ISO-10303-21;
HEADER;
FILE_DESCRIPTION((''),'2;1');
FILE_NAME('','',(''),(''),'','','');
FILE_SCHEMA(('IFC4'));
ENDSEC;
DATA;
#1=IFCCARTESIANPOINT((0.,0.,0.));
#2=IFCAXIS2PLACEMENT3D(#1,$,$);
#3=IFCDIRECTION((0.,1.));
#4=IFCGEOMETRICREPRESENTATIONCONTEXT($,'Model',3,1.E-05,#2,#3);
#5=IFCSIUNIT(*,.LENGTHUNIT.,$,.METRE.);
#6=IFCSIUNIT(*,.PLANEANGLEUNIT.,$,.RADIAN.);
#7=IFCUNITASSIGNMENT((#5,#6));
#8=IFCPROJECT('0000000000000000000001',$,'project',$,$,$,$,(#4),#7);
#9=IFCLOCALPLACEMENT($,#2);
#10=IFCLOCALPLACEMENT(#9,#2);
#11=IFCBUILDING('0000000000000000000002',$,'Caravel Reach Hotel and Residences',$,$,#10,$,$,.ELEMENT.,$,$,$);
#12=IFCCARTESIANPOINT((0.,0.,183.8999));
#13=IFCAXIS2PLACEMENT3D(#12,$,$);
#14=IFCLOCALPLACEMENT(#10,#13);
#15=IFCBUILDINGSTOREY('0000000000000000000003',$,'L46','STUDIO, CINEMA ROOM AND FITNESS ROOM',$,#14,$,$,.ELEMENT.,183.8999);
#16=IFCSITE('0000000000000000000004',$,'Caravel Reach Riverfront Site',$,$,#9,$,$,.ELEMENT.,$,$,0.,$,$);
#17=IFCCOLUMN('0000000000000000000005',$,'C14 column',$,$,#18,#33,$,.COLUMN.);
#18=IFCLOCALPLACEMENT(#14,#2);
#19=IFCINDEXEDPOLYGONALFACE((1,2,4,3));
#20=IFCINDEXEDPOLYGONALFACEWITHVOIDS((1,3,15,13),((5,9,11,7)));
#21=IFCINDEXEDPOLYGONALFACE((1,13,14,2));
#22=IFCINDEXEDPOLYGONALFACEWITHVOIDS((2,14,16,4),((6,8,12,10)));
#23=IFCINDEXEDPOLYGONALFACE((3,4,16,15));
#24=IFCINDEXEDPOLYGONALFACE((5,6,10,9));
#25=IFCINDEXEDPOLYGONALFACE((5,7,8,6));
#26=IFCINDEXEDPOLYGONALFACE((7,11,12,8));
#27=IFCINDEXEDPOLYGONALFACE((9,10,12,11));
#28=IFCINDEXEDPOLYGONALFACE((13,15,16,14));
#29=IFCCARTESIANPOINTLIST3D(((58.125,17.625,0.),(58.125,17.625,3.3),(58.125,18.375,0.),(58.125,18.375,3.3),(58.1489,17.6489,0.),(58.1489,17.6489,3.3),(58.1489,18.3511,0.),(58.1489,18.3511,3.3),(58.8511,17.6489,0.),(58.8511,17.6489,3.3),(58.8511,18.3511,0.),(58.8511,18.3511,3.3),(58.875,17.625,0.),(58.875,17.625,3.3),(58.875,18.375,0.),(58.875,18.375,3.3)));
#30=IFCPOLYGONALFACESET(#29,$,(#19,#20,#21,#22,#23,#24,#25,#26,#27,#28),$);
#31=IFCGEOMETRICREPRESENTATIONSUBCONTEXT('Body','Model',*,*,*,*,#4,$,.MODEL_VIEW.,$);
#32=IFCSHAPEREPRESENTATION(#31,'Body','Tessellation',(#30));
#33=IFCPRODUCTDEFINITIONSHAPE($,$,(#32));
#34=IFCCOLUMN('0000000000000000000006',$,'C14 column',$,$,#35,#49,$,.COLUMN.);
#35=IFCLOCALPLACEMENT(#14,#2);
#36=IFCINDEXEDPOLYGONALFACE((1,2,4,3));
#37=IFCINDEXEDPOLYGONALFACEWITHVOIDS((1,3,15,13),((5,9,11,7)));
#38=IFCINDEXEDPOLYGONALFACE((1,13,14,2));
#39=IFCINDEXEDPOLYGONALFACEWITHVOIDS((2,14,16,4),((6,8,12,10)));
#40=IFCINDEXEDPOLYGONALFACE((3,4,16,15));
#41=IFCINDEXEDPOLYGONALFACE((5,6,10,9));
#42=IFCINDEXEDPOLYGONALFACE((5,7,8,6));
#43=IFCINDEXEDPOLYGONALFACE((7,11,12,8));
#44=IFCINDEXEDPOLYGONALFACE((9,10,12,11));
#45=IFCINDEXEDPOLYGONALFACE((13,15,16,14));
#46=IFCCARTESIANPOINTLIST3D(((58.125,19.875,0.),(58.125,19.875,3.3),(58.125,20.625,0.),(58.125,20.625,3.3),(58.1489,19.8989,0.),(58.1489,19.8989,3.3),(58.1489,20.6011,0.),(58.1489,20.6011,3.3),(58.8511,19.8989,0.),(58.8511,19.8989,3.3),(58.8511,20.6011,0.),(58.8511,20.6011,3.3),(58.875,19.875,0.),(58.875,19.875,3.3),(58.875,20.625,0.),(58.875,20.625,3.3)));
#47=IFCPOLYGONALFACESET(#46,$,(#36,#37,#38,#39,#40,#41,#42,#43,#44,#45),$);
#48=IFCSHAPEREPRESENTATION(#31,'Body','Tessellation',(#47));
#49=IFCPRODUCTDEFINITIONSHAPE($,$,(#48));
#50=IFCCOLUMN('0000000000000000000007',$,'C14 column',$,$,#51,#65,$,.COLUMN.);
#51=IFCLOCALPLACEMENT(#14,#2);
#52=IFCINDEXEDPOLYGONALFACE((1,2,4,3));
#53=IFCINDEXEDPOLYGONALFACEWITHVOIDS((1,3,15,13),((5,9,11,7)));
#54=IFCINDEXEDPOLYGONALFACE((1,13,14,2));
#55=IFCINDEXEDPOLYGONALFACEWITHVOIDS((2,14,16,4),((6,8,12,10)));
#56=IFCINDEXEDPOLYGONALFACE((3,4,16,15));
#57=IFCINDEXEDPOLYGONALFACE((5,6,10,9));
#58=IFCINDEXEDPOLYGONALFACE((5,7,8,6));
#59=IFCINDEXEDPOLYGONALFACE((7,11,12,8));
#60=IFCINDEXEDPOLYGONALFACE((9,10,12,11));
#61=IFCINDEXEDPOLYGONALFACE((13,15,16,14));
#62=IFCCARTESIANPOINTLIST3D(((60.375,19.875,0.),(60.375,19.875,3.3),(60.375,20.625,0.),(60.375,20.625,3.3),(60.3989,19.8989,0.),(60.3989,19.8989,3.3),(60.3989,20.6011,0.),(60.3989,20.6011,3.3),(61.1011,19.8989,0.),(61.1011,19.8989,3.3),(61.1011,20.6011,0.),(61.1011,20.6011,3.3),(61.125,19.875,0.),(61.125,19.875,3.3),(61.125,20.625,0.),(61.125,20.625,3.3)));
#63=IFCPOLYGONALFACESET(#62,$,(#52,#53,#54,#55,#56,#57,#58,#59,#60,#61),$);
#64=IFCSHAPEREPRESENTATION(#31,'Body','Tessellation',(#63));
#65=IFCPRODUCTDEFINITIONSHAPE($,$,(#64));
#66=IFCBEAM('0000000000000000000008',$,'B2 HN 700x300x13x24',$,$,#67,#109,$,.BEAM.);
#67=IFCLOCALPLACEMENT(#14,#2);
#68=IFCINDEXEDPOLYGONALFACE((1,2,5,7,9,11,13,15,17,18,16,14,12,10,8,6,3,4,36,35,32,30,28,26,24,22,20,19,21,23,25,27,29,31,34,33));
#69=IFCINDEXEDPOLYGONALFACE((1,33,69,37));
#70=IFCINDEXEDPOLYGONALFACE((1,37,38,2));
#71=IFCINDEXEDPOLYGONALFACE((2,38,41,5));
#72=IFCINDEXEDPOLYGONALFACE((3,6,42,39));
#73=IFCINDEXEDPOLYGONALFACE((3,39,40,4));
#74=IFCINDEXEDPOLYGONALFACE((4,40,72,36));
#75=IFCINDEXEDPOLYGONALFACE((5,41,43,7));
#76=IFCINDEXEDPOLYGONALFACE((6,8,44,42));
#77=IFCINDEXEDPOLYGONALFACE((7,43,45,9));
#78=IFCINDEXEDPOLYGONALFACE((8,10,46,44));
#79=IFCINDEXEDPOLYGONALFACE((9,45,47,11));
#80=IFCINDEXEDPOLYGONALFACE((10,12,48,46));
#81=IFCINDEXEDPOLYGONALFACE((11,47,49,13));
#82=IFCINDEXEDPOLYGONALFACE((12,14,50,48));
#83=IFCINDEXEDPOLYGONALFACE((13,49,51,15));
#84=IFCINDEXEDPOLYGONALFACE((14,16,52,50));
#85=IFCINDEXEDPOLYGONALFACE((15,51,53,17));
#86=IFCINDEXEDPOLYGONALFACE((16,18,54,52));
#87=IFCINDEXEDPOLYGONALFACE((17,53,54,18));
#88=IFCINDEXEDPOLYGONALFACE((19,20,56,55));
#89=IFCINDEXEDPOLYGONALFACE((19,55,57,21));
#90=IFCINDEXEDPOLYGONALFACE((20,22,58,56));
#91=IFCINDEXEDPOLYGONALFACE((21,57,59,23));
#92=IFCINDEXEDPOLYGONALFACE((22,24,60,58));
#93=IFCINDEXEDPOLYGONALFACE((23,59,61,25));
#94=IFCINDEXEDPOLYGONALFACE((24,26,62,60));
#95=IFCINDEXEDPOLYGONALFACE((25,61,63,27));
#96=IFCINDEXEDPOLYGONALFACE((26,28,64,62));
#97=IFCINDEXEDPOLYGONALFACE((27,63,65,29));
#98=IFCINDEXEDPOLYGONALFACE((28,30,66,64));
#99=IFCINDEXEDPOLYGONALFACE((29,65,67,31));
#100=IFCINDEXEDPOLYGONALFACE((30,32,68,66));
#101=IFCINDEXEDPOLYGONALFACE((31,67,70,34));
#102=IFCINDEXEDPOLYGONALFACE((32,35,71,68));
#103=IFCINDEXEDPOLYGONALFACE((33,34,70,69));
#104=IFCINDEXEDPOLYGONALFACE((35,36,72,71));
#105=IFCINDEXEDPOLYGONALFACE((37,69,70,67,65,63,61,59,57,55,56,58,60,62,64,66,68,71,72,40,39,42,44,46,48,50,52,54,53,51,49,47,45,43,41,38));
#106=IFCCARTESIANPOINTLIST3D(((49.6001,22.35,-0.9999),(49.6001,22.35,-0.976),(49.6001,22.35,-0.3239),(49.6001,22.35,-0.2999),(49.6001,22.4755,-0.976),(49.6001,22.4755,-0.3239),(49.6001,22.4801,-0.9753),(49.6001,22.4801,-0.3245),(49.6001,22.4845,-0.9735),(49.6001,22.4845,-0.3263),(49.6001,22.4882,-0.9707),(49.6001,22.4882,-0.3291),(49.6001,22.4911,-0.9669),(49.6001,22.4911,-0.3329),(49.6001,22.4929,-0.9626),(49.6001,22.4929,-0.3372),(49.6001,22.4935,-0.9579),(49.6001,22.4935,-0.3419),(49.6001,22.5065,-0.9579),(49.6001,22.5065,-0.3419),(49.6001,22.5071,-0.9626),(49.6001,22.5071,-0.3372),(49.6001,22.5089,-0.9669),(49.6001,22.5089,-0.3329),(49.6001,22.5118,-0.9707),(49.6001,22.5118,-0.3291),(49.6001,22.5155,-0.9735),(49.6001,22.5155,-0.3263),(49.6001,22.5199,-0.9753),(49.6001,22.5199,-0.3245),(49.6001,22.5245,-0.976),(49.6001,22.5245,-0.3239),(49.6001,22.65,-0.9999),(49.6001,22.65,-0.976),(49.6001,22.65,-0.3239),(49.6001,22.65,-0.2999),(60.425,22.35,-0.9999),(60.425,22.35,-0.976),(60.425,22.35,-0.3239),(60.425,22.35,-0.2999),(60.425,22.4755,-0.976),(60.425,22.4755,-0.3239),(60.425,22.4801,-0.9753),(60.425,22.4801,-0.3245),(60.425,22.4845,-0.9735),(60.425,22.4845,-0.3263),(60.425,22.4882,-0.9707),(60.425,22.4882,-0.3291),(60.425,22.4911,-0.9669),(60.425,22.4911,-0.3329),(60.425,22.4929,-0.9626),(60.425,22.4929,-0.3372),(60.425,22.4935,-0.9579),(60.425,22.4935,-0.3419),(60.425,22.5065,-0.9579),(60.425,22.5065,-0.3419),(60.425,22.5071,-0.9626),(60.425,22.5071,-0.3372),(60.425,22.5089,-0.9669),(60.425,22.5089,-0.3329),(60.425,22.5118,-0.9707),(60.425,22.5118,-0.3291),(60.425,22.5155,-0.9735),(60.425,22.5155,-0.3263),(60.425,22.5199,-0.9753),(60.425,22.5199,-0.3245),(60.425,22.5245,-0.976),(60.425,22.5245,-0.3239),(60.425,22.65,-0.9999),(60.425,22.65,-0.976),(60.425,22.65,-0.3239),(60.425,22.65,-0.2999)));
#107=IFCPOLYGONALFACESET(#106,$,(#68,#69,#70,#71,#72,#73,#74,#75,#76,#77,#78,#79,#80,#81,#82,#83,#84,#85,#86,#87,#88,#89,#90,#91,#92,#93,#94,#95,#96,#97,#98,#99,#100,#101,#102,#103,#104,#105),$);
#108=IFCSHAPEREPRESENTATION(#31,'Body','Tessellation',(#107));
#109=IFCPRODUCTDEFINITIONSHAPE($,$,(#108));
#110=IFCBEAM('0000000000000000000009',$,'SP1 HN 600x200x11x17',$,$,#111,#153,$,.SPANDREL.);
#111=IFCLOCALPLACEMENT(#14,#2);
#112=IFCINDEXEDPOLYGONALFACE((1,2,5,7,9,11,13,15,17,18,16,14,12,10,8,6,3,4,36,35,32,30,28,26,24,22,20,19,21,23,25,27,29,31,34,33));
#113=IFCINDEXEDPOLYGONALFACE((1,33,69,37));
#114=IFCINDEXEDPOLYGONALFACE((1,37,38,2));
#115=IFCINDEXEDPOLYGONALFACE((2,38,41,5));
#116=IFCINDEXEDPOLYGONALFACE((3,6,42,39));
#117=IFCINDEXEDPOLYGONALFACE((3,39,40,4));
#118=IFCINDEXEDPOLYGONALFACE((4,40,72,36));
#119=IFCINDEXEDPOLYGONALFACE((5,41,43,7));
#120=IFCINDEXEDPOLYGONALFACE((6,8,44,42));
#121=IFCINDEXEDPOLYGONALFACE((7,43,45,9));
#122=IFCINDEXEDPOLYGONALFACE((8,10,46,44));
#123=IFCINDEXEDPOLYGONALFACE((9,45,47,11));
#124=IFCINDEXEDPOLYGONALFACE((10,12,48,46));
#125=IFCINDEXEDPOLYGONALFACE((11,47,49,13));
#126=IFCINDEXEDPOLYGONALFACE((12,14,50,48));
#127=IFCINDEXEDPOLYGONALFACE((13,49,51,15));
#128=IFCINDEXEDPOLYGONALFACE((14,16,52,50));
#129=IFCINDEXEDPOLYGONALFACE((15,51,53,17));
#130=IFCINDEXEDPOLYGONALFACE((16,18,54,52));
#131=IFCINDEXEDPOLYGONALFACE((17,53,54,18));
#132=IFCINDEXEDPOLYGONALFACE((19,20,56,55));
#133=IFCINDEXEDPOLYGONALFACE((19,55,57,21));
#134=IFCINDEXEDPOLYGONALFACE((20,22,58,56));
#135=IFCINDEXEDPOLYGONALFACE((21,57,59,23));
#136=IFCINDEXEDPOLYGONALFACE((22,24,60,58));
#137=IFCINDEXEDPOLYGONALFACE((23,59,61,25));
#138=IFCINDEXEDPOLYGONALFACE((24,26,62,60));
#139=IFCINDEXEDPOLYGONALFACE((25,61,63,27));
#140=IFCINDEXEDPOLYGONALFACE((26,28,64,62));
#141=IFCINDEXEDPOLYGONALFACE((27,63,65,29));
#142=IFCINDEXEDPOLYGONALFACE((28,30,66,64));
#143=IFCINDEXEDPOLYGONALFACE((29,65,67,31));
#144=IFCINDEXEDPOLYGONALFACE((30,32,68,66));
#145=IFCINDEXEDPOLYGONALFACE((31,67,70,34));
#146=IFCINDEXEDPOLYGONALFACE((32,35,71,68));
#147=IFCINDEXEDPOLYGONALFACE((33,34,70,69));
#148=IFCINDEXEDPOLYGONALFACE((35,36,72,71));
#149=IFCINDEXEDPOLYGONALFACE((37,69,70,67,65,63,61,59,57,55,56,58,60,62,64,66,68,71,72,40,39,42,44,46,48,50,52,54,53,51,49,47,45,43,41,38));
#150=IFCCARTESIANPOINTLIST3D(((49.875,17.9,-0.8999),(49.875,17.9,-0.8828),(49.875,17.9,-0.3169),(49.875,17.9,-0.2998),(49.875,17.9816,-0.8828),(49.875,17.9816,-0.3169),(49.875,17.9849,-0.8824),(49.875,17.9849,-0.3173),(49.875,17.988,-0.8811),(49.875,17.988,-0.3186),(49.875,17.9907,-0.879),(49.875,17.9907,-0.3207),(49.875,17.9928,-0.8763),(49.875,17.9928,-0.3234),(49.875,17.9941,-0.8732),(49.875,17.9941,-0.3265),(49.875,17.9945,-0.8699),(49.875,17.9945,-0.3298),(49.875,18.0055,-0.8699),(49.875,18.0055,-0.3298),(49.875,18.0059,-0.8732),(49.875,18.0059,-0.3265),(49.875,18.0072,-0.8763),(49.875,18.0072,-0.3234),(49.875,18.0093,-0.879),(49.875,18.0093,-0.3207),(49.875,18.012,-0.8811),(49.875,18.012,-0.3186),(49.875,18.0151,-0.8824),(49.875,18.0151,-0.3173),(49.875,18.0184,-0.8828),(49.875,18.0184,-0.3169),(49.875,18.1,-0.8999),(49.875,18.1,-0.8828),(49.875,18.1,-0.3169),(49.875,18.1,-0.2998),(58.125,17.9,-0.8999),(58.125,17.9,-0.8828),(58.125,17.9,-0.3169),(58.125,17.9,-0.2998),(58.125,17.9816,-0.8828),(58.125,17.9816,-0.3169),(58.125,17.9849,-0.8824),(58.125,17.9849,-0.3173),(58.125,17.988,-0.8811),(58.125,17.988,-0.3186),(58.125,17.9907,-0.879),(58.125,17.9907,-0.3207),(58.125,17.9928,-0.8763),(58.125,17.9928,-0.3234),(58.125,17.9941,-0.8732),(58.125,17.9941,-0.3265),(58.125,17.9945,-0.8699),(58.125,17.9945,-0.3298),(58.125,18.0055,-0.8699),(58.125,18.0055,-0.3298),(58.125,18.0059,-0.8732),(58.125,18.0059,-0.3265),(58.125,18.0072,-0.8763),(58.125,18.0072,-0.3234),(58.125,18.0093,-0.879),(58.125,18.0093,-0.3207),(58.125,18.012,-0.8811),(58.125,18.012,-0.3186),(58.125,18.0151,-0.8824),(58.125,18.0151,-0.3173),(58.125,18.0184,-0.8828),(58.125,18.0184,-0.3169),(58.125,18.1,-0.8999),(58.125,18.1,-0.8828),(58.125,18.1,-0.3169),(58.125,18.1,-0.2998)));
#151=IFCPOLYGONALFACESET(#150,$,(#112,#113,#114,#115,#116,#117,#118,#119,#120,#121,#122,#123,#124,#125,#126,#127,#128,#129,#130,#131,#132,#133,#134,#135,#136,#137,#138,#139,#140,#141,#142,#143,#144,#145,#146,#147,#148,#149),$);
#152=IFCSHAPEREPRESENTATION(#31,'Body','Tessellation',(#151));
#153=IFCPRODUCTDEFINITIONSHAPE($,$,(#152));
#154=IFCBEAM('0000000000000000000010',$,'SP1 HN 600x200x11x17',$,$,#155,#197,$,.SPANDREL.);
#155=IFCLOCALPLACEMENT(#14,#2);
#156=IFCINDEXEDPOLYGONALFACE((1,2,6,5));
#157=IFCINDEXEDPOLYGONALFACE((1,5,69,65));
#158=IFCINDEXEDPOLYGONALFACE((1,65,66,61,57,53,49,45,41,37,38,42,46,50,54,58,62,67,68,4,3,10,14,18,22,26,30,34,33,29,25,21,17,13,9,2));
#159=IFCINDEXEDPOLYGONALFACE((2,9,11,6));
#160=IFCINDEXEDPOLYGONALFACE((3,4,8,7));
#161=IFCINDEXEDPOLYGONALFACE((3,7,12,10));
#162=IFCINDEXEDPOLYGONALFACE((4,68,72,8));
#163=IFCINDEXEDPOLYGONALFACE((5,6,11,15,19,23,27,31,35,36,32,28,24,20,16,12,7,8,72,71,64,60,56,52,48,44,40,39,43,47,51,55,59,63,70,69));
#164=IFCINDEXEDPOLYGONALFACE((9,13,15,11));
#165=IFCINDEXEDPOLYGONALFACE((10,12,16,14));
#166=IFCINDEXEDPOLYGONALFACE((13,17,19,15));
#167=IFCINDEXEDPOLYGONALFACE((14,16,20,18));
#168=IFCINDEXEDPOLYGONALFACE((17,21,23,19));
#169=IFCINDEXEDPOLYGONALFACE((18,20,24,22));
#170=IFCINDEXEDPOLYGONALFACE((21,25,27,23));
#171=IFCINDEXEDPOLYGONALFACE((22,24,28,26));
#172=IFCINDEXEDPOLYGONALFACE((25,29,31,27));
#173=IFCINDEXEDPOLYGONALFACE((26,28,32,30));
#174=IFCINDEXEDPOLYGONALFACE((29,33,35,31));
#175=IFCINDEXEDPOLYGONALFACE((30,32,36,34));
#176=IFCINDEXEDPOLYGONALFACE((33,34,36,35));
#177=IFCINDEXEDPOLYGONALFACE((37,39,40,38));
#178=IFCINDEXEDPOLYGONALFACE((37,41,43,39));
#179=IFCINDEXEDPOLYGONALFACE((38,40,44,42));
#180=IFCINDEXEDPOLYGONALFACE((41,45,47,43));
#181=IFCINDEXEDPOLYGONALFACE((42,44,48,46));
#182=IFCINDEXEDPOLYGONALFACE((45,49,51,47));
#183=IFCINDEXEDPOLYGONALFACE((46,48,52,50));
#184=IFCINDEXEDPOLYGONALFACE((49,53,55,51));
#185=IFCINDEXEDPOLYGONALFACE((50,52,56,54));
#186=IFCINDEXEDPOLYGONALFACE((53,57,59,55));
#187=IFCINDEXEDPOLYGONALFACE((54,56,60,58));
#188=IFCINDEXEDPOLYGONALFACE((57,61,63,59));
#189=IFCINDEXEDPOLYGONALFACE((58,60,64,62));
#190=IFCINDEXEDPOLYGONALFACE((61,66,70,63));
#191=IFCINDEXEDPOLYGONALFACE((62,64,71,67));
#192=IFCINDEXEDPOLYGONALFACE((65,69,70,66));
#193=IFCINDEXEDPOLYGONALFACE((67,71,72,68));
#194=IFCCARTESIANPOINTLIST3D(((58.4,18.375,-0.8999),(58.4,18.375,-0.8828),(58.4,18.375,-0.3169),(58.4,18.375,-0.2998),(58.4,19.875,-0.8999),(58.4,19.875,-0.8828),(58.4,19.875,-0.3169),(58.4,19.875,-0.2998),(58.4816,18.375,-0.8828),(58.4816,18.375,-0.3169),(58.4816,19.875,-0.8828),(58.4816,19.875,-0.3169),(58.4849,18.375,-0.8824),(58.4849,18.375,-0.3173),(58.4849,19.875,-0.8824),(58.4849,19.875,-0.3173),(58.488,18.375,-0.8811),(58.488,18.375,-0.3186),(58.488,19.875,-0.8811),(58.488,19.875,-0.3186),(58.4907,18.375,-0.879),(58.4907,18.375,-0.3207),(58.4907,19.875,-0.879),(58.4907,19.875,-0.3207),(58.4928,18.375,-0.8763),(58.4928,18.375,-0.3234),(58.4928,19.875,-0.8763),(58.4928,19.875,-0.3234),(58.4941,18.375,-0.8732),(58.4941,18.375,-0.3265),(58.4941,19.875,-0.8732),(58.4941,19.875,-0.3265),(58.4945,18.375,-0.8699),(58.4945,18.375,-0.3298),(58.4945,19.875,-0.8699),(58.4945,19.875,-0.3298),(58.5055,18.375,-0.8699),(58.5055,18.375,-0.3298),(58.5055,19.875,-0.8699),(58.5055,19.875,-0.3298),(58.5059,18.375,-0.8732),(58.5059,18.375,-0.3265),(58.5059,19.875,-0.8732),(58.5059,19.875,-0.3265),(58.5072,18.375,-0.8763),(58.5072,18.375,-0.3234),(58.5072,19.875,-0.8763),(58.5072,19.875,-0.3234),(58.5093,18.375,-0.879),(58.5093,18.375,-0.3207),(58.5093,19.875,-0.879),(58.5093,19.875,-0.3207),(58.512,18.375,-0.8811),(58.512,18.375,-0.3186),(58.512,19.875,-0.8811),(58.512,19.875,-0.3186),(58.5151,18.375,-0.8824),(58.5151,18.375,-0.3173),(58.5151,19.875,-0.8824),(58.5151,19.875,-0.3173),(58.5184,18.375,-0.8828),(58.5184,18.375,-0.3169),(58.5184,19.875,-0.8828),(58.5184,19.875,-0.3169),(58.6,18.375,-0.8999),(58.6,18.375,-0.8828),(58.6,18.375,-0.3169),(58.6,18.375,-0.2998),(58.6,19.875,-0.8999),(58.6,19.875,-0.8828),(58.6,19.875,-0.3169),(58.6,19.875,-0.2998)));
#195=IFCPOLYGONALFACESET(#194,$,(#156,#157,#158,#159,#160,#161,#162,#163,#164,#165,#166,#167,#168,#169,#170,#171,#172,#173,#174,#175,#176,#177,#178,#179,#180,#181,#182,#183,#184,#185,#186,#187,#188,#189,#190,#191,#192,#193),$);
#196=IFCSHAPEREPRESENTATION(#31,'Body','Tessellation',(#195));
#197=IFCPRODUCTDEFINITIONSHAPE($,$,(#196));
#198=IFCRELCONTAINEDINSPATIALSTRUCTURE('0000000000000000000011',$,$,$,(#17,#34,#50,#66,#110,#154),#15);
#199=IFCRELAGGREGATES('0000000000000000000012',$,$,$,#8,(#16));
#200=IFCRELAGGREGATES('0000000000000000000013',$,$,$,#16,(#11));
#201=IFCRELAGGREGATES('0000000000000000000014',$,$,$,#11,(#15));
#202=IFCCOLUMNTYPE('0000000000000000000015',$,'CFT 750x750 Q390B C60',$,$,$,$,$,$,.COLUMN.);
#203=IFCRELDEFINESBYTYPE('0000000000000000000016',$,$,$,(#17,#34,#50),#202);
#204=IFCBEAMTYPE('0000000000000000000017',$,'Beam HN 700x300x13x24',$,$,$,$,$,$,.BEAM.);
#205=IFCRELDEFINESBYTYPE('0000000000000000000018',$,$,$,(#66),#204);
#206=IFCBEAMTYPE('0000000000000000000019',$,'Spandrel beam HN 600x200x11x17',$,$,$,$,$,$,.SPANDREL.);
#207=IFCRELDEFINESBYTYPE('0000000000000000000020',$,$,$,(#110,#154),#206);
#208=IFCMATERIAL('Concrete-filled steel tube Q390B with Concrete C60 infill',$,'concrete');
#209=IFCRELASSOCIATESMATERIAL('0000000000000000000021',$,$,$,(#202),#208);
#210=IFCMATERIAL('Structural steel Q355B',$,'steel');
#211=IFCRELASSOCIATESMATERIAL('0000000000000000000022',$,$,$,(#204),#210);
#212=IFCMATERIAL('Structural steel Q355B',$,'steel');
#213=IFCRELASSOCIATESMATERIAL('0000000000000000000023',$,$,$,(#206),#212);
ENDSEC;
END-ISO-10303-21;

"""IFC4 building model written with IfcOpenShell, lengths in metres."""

from ifc_helpers import new_model, si_unit, direction, frame, origin, origin_2d, place, context, subcontext, project, spatial, hollow_rectangle, i_section, extrude, material, material_profile, profile_set, type_object, element, save


model = new_model("IFC4")

# Units and contexts
model_context = context("Model", 3, precision=1e-05, world=origin(), true_north=direction((0.0, 1.0)))
body_context = subcontext(model_context, "Body", "Model", "MODEL_VIEW")
ifc_project = project(units=[si_unit("LENGTHUNIT", "METRE"), si_unit("PLANEANGLEUNIT", "RADIAN")], contexts=[model_context])

# Site, building, storey
site_placement = place(None, origin())
site = spatial("IfcSite", under=ifc_project, at=site_placement, Name="Caravel Reach Riverfront Site", CompositionType="ELEMENT", RefElevation=0.0)
building_placement = place(site_placement, origin())
building = spatial("IfcBuilding", under=site, at=building_placement, Name="Caravel Reach Hotel and Residences", CompositionType="ELEMENT")
storey_placement = place(building_placement, frame((0.0, 0.0, 183.8999)))
storey = spatial("IfcBuildingStorey", under=building, at=storey_placement, Name="L46", Description="STUDIO, CINEMA ROOM AND FITNESS ROOM", CompositionType="ELEMENT", Elevation=183.8999)

# Columns
ifc_material_1 = material(Name="Concrete-filled steel tube Q390B with Concrete C60 infill", Category="concrete")
ifc_material_profile_1 = material_profile(ifc_material_1, hollow_rectangle(XDim=0.75, YDim=0.75, WallThickness=0.0239, at=origin_2d()), Name="RHS 750x750x24")
ifc_profile_set_1 = profile_set([ifc_material_profile_1], Name="Concrete-filled steel tube Q390B with Concrete C60 infill")
column_type = type_object("IfcColumnType", Name="CFT 750x750 Q390B C60", PredefinedType="COLUMN", material=ifc_profile_set_1)
for number, where, z_axis, x_axis, name in (
    (1, (58.5, 18.0, 0.0), (0.0, 0.0, 1.0), (1.0, 0.0, 0.0), "C14 column"),
    (2, (58.5, 20.25, 0.0), (0.0, 0.0, 1.0), (1.0, 0.0, 0.0), "C14 column"),
    (3, (60.75, 20.25, 0.0), (0.0, 0.0, 1.0), (1.0, 0.0, 0.0), "C14 column"),
):
    element("IfcColumn", number, at=place(storey_placement, frame(where, z_axis=z_axis, x_axis=x_axis)), inside=storey, type_object=column_type, Name=name, PredefinedType="COLUMN", context=body_context, shape_type="SweptSolid", body=[
        extrude(hollow_rectangle(XDim=0.75, YDim=0.75, WallThickness=0.0239, at=origin_2d()), origin(), (0.0, 0.0, 1.0), 3.3),
    ])

# Beams
ifc_material_2 = material(Name="Structural steel Q355B", Category="steel")
ifc_material_profile_2 = material_profile(ifc_material_2, i_section(OverallWidth=0.3, OverallDepth=0.7, WebThickness=0.0129, FlangeThickness=0.0239, FilletRadius=0.0181, at=origin_2d()), Name="HN 700x300x13x24")
ifc_profile_set_2 = profile_set([ifc_material_profile_2], Name="Structural steel Q355B")
beam_type_1 = type_object("IfcBeamType", Name="Beam HN 700x300x13x24", PredefinedType="BEAM", material=ifc_profile_set_2)
beam_1_placement = place(storey_placement, frame((49.6001, 22.5, -0.6499), z_axis=(1.0, 0.0, 0.0), x_axis=(0.0, 1.0, 0.0)))
element("IfcBeam", 4, at=beam_1_placement, inside=storey, type_object=beam_type_1, Name="B2 HN 700x300x13x24", PredefinedType="BEAM", context=body_context, shape_type="SweptSolid", body=[
    extrude(i_section(OverallWidth=0.3, OverallDepth=0.7, WebThickness=0.0129, FlangeThickness=0.0239, FilletRadius=0.0181, at=origin_2d()), origin(), (0.0, 0.0, 1.0), 10.825),
])
ifc_material_3 = material(Name="Structural steel Q355B", Category="steel")
ifc_material_profile_3 = material_profile(ifc_material_3, i_section(OverallWidth=0.2, OverallDepth=0.6001, WebThickness=0.011, FlangeThickness=0.0171, FilletRadius=0.0129, at=origin_2d()), Name="HN 600x200x11x17")
ifc_profile_set_3 = profile_set([ifc_material_profile_3], Name="Structural steel Q355B")
beam_type_2 = type_object("IfcBeamType", Name="Spandrel beam HN 600x200x11x17", PredefinedType="SPANDREL", material=ifc_profile_set_3)
beam_2_placement = place(storey_placement, frame((49.875, 18.0, -0.5999), z_axis=(1.0, 0.0, 0.0), x_axis=(0.0, 1.0, 0.0)))
element("IfcBeam", 5, at=beam_2_placement, inside=storey, type_object=beam_type_2, Name="SP1 HN 600x200x11x17", PredefinedType="SPANDREL", context=body_context, shape_type="SweptSolid", body=[
    extrude(i_section(OverallWidth=0.2, OverallDepth=0.6001, WebThickness=0.011, FlangeThickness=0.0171, FilletRadius=0.0129, at=origin_2d()), origin(), (0.0, 0.0, 1.0), 8.25),
])
for number, where, z_axis, x_axis, name in (
    (6, (58.5, 18.375, -0.5999), (0.0, 1.0, 0.0), (-1.0, 0.0, 0.0), "SP1 HN 600x200x11x17"),
):
    element("IfcBeam", number, at=place(storey_placement, frame(where, z_axis=z_axis, x_axis=x_axis)), inside=storey, type_object=beam_type_2, Name=name, PredefinedType="SPANDREL", context=body_context, shape_type="SweptSolid", body=[
        extrude(i_section(OverallWidth=0.2, OverallDepth=0.6001, WebThickness=0.011, FlangeThickness=0.0171, FilletRadius=0.0129, at=origin_2d()), origin(), (0.0, 0.0, 1.0), 1.5),
    ])

save(model, "model.ifc")
